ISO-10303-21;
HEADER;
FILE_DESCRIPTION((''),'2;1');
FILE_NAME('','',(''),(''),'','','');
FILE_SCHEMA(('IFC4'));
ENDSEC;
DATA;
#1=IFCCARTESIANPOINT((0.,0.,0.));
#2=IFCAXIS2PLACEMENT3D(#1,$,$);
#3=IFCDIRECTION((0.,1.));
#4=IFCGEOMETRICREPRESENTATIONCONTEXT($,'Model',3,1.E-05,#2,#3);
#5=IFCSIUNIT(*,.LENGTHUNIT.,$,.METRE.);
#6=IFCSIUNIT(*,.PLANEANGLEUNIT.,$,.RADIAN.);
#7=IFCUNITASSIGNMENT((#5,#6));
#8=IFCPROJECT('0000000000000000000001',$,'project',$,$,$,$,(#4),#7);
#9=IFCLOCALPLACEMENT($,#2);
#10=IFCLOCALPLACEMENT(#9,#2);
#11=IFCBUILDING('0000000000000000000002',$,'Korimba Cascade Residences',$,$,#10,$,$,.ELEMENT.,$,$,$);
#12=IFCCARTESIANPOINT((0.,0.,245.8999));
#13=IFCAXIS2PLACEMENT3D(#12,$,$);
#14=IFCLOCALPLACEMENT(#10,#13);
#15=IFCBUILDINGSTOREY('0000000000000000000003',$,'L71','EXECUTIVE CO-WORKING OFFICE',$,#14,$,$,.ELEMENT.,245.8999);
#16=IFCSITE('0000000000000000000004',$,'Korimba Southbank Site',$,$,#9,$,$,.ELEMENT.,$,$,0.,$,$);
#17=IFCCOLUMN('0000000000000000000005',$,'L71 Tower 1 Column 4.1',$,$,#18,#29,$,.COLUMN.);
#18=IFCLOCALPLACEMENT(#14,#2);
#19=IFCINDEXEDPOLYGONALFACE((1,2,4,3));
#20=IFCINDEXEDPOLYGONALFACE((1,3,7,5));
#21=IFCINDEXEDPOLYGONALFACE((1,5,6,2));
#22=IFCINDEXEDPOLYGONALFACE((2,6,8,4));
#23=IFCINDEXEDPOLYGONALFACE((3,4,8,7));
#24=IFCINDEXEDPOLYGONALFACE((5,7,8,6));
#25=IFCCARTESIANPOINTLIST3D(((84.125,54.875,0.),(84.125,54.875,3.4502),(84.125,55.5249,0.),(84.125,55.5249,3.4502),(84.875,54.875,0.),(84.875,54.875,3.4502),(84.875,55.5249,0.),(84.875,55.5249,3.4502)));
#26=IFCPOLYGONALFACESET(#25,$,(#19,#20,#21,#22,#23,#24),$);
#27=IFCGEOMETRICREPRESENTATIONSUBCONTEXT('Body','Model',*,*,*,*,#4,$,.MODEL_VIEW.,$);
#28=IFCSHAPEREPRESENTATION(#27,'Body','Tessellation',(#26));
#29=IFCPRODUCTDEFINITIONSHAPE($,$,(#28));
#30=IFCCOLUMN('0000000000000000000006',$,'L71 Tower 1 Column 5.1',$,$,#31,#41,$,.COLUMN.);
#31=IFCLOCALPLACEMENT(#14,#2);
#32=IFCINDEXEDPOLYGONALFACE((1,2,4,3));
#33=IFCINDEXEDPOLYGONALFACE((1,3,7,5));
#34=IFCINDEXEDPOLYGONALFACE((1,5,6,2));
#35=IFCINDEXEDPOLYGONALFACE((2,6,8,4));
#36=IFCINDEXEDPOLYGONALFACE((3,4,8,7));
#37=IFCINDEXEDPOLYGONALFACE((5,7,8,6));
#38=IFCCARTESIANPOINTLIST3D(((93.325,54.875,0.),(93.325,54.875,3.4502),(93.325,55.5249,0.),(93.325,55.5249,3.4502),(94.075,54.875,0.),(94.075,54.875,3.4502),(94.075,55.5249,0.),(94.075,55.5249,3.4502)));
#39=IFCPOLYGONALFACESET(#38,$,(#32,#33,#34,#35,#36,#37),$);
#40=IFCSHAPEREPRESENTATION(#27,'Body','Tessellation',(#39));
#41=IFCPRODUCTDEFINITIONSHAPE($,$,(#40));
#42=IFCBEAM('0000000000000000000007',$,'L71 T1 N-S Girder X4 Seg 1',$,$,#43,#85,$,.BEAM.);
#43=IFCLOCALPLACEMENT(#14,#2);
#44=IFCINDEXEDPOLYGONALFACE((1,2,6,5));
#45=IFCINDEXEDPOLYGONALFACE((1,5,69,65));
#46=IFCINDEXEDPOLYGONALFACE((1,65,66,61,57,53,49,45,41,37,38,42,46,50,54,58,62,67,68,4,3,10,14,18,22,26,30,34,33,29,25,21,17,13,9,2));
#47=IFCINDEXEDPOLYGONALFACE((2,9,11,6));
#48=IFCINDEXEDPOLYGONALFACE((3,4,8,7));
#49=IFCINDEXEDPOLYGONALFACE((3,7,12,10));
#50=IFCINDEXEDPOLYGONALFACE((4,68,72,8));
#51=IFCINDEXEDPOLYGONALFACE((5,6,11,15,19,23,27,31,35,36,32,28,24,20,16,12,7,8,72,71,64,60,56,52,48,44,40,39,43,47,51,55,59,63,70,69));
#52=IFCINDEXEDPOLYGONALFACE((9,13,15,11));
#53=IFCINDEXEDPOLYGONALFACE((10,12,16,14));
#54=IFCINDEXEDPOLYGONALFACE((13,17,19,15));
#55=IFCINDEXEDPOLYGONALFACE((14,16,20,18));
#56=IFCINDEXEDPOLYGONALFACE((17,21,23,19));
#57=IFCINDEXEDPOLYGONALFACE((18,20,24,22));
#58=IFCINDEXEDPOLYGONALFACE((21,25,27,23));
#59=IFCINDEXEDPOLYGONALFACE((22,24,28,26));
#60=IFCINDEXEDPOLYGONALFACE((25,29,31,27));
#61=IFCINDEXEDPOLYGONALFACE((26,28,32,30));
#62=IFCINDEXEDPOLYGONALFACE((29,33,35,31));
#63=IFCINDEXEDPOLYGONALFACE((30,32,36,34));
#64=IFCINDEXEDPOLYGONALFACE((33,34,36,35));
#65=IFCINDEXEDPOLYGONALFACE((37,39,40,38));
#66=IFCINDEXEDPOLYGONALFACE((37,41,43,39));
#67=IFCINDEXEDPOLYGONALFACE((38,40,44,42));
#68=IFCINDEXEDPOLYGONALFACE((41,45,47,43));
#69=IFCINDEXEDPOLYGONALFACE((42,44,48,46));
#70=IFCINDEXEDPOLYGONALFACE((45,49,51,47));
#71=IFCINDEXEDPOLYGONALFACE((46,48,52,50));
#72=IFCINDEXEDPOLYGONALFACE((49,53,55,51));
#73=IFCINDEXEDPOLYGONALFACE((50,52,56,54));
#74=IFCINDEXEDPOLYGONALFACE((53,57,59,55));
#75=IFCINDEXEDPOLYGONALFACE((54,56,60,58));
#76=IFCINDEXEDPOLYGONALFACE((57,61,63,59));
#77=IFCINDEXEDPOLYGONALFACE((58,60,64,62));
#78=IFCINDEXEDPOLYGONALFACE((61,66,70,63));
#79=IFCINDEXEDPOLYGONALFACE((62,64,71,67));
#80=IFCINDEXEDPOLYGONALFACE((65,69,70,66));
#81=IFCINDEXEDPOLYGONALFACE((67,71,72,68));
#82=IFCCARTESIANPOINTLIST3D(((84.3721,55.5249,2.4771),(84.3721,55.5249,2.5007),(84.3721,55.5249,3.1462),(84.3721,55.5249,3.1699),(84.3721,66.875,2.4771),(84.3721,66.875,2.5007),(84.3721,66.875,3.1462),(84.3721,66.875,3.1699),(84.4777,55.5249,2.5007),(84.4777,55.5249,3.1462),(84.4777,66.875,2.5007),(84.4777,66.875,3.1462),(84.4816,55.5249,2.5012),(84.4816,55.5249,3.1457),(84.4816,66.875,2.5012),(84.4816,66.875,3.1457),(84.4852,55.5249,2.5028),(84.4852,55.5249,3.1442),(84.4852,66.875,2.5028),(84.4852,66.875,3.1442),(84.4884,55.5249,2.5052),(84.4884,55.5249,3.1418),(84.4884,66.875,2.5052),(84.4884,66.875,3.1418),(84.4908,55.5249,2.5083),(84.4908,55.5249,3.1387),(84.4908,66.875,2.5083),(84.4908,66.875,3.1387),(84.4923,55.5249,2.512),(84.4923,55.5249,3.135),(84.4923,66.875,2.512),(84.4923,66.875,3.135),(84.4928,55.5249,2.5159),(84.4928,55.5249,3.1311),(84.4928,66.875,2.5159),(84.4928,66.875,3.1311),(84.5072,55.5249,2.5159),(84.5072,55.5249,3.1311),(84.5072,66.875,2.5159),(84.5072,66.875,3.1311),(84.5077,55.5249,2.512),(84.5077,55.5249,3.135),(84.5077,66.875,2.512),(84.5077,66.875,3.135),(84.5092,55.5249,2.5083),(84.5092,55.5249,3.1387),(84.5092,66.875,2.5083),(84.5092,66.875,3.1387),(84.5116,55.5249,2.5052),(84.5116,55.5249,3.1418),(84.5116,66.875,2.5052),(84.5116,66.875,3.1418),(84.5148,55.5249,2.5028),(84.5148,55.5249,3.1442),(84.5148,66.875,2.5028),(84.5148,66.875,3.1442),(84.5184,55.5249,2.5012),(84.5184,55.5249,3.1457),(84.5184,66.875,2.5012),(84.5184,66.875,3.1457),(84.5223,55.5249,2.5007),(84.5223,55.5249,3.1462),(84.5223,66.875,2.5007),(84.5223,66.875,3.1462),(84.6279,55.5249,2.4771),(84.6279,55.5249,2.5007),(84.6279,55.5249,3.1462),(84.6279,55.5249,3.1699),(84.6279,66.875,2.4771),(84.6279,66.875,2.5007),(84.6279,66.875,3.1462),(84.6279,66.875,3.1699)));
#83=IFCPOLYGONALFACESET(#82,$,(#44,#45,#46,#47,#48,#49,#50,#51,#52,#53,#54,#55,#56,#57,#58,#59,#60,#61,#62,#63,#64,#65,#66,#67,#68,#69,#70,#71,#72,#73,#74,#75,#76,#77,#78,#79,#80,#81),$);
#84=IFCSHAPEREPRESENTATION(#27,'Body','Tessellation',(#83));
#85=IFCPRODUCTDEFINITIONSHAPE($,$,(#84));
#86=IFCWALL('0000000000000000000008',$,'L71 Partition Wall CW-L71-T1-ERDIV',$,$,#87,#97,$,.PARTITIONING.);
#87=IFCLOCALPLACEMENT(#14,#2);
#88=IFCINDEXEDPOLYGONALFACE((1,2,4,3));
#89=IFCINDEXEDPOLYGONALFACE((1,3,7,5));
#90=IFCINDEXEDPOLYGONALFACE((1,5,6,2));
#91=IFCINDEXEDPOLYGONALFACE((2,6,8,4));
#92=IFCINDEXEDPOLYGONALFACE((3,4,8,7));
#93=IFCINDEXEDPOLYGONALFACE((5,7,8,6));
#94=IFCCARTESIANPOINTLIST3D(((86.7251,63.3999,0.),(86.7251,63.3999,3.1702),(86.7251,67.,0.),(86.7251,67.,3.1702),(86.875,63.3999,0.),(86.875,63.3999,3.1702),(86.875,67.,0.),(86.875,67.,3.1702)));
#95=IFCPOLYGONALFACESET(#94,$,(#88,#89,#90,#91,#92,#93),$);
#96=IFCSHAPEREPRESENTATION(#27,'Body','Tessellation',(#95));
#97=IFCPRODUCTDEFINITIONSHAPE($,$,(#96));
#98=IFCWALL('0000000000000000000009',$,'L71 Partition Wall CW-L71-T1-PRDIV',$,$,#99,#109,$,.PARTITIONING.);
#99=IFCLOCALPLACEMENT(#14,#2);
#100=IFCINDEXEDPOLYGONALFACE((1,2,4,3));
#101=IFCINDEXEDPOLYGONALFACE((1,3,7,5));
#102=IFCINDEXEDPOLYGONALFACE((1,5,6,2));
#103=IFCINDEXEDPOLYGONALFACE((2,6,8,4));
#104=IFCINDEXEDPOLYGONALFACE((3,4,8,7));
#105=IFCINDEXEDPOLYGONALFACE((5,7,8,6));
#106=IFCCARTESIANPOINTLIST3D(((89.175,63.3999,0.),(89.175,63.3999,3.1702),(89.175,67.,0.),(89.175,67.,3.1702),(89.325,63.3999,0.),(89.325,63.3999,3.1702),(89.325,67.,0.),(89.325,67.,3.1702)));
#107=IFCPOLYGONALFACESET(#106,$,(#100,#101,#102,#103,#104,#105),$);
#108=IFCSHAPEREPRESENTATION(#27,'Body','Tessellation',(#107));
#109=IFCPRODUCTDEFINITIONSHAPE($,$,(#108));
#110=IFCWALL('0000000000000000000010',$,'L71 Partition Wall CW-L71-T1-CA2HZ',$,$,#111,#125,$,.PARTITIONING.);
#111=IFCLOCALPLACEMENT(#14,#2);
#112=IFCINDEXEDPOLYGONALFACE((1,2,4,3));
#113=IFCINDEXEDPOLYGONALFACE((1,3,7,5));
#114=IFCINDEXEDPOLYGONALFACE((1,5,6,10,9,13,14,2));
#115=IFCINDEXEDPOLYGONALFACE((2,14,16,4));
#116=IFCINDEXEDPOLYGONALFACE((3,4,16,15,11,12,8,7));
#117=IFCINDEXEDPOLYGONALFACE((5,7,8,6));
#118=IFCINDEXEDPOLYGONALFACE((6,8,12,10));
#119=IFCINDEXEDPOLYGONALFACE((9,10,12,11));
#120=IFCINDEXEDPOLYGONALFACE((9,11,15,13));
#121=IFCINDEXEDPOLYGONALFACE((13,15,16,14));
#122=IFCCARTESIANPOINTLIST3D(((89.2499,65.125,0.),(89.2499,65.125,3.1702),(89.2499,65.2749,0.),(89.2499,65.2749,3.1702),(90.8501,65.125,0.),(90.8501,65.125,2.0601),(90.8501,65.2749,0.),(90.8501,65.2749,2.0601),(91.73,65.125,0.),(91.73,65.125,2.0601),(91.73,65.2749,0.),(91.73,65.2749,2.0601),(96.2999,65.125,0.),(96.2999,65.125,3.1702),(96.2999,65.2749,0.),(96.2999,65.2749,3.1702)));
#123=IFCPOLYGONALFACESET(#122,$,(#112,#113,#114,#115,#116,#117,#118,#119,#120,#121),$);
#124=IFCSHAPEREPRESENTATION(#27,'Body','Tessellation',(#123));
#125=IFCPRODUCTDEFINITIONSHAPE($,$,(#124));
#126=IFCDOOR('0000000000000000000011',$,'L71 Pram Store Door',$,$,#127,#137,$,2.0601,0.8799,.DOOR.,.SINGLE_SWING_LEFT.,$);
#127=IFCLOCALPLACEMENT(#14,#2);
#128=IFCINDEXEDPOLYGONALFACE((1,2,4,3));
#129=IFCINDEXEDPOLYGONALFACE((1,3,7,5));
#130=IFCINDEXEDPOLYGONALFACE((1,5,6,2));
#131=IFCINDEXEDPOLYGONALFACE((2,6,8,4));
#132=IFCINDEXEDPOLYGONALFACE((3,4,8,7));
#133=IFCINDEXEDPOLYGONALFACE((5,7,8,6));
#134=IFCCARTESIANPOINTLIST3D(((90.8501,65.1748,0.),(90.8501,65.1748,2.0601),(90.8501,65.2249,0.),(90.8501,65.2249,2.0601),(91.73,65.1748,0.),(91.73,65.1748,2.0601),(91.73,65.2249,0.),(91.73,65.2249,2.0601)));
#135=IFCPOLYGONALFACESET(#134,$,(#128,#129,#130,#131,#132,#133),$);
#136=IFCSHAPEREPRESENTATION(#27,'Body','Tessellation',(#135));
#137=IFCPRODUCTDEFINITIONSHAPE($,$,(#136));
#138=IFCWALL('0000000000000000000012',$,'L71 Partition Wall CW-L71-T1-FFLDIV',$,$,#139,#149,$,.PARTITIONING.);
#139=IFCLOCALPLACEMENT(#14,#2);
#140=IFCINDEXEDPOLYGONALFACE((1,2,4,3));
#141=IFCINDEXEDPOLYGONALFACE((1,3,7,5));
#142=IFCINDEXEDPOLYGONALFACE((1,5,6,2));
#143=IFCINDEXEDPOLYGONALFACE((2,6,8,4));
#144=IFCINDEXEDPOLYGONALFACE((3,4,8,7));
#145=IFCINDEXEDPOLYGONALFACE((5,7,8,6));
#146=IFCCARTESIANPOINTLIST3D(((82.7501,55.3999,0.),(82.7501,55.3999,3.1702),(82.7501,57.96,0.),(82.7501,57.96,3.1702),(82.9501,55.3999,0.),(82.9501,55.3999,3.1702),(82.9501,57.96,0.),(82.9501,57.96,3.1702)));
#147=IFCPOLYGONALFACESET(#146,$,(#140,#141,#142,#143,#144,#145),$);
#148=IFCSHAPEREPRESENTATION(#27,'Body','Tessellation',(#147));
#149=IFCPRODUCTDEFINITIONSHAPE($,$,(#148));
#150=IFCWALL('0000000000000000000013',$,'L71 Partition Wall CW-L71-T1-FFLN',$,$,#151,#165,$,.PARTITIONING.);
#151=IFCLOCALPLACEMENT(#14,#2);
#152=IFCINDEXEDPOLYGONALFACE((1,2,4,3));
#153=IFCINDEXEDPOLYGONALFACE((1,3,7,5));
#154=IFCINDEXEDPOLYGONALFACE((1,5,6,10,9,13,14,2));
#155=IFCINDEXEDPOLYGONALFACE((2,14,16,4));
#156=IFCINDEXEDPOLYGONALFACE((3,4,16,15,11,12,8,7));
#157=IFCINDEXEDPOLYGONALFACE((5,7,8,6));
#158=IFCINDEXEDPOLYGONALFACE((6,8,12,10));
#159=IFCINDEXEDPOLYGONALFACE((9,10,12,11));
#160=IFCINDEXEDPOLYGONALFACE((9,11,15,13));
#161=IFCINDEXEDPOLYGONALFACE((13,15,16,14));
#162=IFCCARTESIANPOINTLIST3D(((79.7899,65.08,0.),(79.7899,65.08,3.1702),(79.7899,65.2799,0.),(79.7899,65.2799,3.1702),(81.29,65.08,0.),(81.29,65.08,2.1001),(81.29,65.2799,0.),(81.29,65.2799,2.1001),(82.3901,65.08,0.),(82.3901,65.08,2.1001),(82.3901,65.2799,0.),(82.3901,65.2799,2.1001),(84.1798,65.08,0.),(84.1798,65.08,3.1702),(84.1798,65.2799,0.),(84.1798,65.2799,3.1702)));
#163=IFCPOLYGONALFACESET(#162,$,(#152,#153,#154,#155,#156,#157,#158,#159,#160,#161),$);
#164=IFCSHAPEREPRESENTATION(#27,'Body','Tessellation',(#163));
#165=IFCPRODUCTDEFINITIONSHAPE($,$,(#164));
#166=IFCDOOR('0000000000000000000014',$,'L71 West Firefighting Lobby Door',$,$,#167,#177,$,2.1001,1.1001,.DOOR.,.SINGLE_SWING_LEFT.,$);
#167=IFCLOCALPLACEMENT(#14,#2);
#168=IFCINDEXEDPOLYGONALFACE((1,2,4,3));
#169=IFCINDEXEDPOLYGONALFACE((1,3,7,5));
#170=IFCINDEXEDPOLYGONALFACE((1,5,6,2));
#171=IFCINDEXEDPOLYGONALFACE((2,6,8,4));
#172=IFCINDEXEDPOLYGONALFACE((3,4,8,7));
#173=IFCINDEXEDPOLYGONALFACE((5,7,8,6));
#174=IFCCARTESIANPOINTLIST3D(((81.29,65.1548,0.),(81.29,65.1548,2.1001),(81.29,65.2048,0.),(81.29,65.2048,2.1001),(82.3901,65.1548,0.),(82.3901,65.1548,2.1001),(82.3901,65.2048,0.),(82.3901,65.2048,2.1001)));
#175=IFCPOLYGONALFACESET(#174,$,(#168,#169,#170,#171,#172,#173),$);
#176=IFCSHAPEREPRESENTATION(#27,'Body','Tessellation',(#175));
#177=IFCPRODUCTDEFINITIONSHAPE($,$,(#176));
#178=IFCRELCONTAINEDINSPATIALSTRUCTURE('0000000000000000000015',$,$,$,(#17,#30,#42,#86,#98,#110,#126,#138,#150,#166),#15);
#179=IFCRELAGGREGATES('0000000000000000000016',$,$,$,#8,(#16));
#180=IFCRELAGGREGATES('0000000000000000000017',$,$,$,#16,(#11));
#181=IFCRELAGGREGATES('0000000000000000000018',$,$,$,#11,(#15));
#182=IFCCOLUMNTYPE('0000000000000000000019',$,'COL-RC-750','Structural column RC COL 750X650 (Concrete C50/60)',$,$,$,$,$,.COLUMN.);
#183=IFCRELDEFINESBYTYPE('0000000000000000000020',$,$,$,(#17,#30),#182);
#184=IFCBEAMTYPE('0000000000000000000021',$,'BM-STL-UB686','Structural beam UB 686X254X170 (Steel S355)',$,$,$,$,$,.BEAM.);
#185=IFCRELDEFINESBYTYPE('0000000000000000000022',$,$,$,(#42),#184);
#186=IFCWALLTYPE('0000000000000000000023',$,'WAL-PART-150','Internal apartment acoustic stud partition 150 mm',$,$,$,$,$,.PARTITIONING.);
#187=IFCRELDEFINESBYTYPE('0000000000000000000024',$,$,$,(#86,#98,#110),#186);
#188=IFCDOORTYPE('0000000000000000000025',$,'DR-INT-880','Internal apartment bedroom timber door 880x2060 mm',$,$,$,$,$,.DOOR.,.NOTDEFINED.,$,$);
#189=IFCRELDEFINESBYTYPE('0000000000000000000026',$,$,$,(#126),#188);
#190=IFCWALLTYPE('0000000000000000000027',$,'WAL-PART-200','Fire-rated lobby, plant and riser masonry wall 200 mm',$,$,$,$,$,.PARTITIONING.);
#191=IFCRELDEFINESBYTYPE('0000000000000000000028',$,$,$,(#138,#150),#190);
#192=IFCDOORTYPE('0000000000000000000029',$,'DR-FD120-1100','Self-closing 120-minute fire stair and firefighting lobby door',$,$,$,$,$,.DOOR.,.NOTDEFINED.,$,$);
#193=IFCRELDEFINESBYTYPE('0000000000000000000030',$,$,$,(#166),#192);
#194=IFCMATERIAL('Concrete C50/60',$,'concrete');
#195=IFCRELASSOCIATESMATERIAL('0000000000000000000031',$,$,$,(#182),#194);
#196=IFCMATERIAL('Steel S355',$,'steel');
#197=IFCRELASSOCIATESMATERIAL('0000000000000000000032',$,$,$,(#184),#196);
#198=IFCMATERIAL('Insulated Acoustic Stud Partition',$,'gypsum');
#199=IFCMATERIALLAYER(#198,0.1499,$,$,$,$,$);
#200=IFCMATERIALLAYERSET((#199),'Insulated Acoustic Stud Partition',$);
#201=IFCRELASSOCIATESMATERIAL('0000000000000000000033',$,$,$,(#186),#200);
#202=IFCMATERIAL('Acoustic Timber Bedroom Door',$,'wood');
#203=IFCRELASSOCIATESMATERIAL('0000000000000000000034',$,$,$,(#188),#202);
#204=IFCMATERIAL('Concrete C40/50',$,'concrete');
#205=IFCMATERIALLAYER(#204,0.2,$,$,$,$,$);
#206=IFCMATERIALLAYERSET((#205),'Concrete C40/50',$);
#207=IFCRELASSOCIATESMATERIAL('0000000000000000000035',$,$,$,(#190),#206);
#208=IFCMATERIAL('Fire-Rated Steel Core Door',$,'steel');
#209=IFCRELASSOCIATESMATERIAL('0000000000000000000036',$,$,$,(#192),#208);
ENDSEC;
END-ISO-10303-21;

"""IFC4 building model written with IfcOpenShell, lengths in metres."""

from ifc_helpers import new_model, si_unit, direction, frame, frame_2d, origin, origin_2d, place, context, subcontext, project, spatial, rectangle, i_section, extrude, material, layer, layer_set, material_profile, profile_set, type_object, element, fill, save


model = new_model("IFC4")

# Units and contexts
model_context = context("Model", 3, precision=1e-05, world=origin(), true_north=direction((0.0, 1.0)))
body_context = subcontext(model_context, "Body", "Model", "MODEL_VIEW")
ifc_project = project(units=[si_unit("LENGTHUNIT", "METRE"), si_unit("PLANEANGLEUNIT", "RADIAN")], contexts=[model_context])

# Site, building, storey
site_placement = place(None, origin())
site = spatial("IfcSite", under=ifc_project, at=site_placement, Name="Korimba Southbank Site", CompositionType="ELEMENT", RefElevation=0.0)
building_placement = place(site_placement, origin())
building = spatial("IfcBuilding", under=site, at=building_placement, Name="Korimba Cascade Residences", CompositionType="ELEMENT")
storey_placement = place(building_placement, frame((0.0, 0.0, 245.8999)))
storey = spatial("IfcBuildingStorey", under=building, at=storey_placement, Name="L71", Description="EXECUTIVE CO-WORKING OFFICE", CompositionType="ELEMENT", Elevation=245.8999)

# Columns
ifc_material_1 = material(Name="Concrete C50/60", Category="concrete")
ifc_material_profile_1 = material_profile(ifc_material_1, rectangle(XDim=0.75, YDim=0.6499, at=origin_2d()), Name="Concrete C50/60")
ifc_profile_set_1 = profile_set([ifc_material_profile_1], Name="Concrete C50/60")
column_type = type_object("IfcColumnType", Name="COL-RC-750", Description="Structural column RC COL 750X650 (Concrete C50/60)", PredefinedType="COLUMN", material=ifc_profile_set_1)
for number, where, z_axis, x_axis, name in (
    (1, (84.5, 55.2, 0.0), (0.0, 0.0, 1.0), (1.0, 0.0, 0.0), "L71 Tower 1 Column 4.1"),
    (2, (93.7, 55.2, 0.0), (0.0, 0.0, 1.0), (1.0, 0.0, 0.0), "L71 Tower 1 Column 5.1"),
):
    element("IfcColumn", number, at=place(storey_placement, frame(where, z_axis=z_axis, x_axis=x_axis)), inside=storey, type_object=column_type, Name=name, PredefinedType="COLUMN", context=body_context, shape_type="SweptSolid", body=[
        extrude(rectangle(XDim=0.75, YDim=0.6499, at=origin_2d()), origin(), (0.0, 0.0, 1.0), 3.4502),
    ])

# Beam
ifc_material_2 = material(Name="Steel S355", Category="steel")
ifc_material_profile_2 = material_profile(ifc_material_2, i_section(OverallWidth=0.2559, OverallDepth=0.6929, WebThickness=0.0144, FlangeThickness=0.0237, FilletRadius=0.0151, at=origin_2d()), Name="Steel S355")
ifc_profile_set_2 = profile_set([ifc_material_profile_2], Name="Steel S355")
beam_type = type_object("IfcBeamType", Name="BM-STL-UB686", Description="Structural beam UB 686X254X170 (Steel S355)", PredefinedType="BEAM", material=ifc_profile_set_2)
beam_placement = place(storey_placement, frame((84.5, 55.5249, 2.8235), z_axis=(0.0, 1.0, 0.0), x_axis=(-1.0, 0.0, 0.0)))
element("IfcBeam", 3, at=beam_placement, inside=storey, type_object=beam_type, Name="L71 T1 N-S Girder X4 Seg 1", PredefinedType="BEAM", context=body_context, shape_type="SweptSolid", body=[
    extrude(i_section(OverallWidth=0.2559, OverallDepth=0.6929, WebThickness=0.0144, FlangeThickness=0.0237, FilletRadius=0.0151, at=origin_2d()), origin(), (0.0, 0.0, 1.0), 11.3501),
])

# Walls
ifc_material_3 = material(Name="Insulated Acoustic Stud Partition", Category="gypsum")
ifc_layer_1 = layer(ifc_material_3, 0.1499)
ifc_layer_set_1 = layer_set([ifc_layer_1], Name="Insulated Acoustic Stud Partition")
wall_type_1 = type_object("IfcWallType", Name="WAL-PART-150", Description="Internal apartment acoustic stud partition 150 mm", PredefinedType="PARTITIONING", material=ifc_layer_set_1)
for number, where, z_axis, x_axis, name in (
    (4, (86.8, 63.3999, 0.0), (0.0, 0.0, 1.0), (0.0, 1.0, 0.0), "L71 Partition Wall CW-L71-T1-ERDIV"),
    (5, (89.25, 63.3999, 0.0), (0.0, 0.0, 1.0), (0.0, 1.0, 0.0), "L71 Partition Wall CW-L71-T1-PRDIV"),
):
    element("IfcWall", number, at=place(storey_placement, frame(where, z_axis=z_axis, x_axis=x_axis)), inside=storey, type_object=wall_type_1, Name=name, PredefinedType="PARTITIONING", context=body_context, shape_type="SweptSolid", body=[
        extrude(rectangle(XDim=3.6001, YDim=0.1499, at=frame_2d((1.8, 0.0))), origin(), (0.0, 0.0, 1.0), 3.1702),
    ])

# Wall, opening, door
wall_1_placement = place(storey_placement, frame((89.25, 65.2, 0.0), z_axis=(0.0, 0.0, 1.0), x_axis=(1.0, 0.0, 0.0)))
wall_1 = element("IfcWall", 6, at=wall_1_placement, inside=storey, type_object=wall_type_1, Name="L71 Partition Wall CW-L71-T1-CA2HZ", PredefinedType="PARTITIONING", context=body_context, shape_type="SweptSolid", body=[
    extrude(rectangle(XDim=7.05, YDim=0.1499, at=frame_2d((3.5249, 0.0))), origin(), (0.0, 0.0, 1.0), 3.1702),
])
opening_1_placement = place(wall_1_placement, frame((1.6001, 0.0, 0.0)))
opening_1 = element("IfcOpeningElement", 7, at=opening_1_placement, cuts=wall_1, PredefinedType="OPENING", context=body_context, shape_type="SweptSolid", body=[
    extrude(rectangle(XDim=0.8799, YDim=2.0601, at=frame_2d((0.4399, 1.03))), frame((0.0, 0.085, 0.0), z_axis=(0.0, -1.0, 0.0), x_axis=(1.0, 0.0, 0.0)), (0.0, 0.0, 1.0), 0.1699),
])
ifc_material_4 = material(Name="Acoustic Timber Bedroom Door", Category="wood")
door_type_1 = type_object("IfcDoorType", Name="DR-INT-880", Description="Internal apartment bedroom timber door 880x2060 mm", OperationType="NOTDEFINED", PredefinedType="DOOR", material=ifc_material_4)
door_1_placement = place(opening_1_placement, origin())
door_1 = element("IfcDoor", 8, at=door_1_placement, inside=storey, type_object=door_type_1, Name="L71 Pram Store Door", OperationType="SINGLE_SWING_LEFT", OverallHeight=2.0601, OverallWidth=0.8799, PredefinedType="DOOR", context=body_context, shape_type="SweptSolid", body=[
    extrude(rectangle(XDim=0.8799, YDim=2.0601, at=frame_2d((0.4399, 1.03))), frame((0.0, 0.0249, 0.0), z_axis=(0.0, -1.0, 0.0), x_axis=(1.0, 0.0, 0.0)), (0.0, 0.0, 1.0), 0.05),
])
fill(opening_1, door_1)

# Wall
ifc_material_5 = material(Name="Concrete C40/50", Category="concrete")
ifc_layer_2 = layer(ifc_material_5, 0.2)
ifc_layer_set_2 = layer_set([ifc_layer_2], Name="Concrete C40/50")
wall_type_2 = type_object("IfcWallType", Name="WAL-PART-200", Description="Fire-rated lobby, plant and riser masonry wall 200 mm", PredefinedType="PARTITIONING", material=ifc_layer_set_2)
wall_2_placement = place(storey_placement, frame((82.8501, 55.3999, 0.0), z_axis=(0.0, 0.0, 1.0), x_axis=(0.0, 1.0, 0.0)))
element("IfcWall", 9, at=wall_2_placement, inside=storey, type_object=wall_type_2, Name="L71 Partition Wall CW-L71-T1-FFLDIV", PredefinedType="PARTITIONING", context=body_context, shape_type="SweptSolid", body=[
    extrude(rectangle(XDim=2.5601, YDim=0.2, at=frame_2d((1.28, 0.0))), origin(), (0.0, 0.0, 1.0), 3.1702),
])

# Wall, opening, door
wall_3_placement = place(storey_placement, frame((79.79, 65.1799, 0.0), z_axis=(0.0, 0.0, 1.0), x_axis=(1.0, 0.0, 0.0)))
wall_3 = element("IfcWall", 10, at=wall_3_placement, inside=storey, type_object=wall_type_2, Name="L71 Partition Wall CW-L71-T1-FFLN", PredefinedType="PARTITIONING", context=body_context, shape_type="SweptSolid", body=[
    extrude(rectangle(XDim=4.3899, YDim=0.2, at=frame_2d((2.1948, 0.0))), origin(), (0.0, 0.0, 1.0), 3.1702),
])
opening_2_placement = place(wall_3_placement, frame((1.5, 0.0, 0.0)))
opening_2 = element("IfcOpeningElement", 11, at=opening_2_placement, cuts=wall_3, PredefinedType="OPENING", context=body_context, shape_type="SweptSolid", body=[
    extrude(rectangle(XDim=1.1001, YDim=2.1001, at=frame_2d((0.55, 1.05))), frame((0.0, 0.1099, 0.0), z_axis=(0.0, -1.0, 0.0), x_axis=(1.0, 0.0, 0.0)), (0.0, 0.0, 1.0), 0.22),
])
ifc_material_6 = material(Name="Fire-Rated Steel Core Door", Category="steel")
door_type_2 = type_object("IfcDoorType", Name="DR-FD120-1100", Description="Self-closing 120-minute fire stair and firefighting lobby door", OperationType="NOTDEFINED", PredefinedType="DOOR", material=ifc_material_6)
door_2_placement = place(opening_2_placement, origin())
door_2 = element("IfcDoor", 12, at=door_2_placement, inside=storey, type_object=door_type_2, Name="L71 West Firefighting Lobby Door", OperationType="SINGLE_SWING_LEFT", OverallHeight=2.1001, OverallWidth=1.1001, PredefinedType="DOOR", context=body_context, shape_type="SweptSolid", body=[
    extrude(rectangle(XDim=1.1001, YDim=2.1001, at=frame_2d((0.55, 1.05))), frame((0.0, 0.0249, 0.0), z_axis=(0.0, -1.0, 0.0), x_axis=(1.0, 0.0, 0.0)), (0.0, 0.0, 1.0), 0.05),
])
fill(opening_2, door_2)

save(model, "model.ifc")
